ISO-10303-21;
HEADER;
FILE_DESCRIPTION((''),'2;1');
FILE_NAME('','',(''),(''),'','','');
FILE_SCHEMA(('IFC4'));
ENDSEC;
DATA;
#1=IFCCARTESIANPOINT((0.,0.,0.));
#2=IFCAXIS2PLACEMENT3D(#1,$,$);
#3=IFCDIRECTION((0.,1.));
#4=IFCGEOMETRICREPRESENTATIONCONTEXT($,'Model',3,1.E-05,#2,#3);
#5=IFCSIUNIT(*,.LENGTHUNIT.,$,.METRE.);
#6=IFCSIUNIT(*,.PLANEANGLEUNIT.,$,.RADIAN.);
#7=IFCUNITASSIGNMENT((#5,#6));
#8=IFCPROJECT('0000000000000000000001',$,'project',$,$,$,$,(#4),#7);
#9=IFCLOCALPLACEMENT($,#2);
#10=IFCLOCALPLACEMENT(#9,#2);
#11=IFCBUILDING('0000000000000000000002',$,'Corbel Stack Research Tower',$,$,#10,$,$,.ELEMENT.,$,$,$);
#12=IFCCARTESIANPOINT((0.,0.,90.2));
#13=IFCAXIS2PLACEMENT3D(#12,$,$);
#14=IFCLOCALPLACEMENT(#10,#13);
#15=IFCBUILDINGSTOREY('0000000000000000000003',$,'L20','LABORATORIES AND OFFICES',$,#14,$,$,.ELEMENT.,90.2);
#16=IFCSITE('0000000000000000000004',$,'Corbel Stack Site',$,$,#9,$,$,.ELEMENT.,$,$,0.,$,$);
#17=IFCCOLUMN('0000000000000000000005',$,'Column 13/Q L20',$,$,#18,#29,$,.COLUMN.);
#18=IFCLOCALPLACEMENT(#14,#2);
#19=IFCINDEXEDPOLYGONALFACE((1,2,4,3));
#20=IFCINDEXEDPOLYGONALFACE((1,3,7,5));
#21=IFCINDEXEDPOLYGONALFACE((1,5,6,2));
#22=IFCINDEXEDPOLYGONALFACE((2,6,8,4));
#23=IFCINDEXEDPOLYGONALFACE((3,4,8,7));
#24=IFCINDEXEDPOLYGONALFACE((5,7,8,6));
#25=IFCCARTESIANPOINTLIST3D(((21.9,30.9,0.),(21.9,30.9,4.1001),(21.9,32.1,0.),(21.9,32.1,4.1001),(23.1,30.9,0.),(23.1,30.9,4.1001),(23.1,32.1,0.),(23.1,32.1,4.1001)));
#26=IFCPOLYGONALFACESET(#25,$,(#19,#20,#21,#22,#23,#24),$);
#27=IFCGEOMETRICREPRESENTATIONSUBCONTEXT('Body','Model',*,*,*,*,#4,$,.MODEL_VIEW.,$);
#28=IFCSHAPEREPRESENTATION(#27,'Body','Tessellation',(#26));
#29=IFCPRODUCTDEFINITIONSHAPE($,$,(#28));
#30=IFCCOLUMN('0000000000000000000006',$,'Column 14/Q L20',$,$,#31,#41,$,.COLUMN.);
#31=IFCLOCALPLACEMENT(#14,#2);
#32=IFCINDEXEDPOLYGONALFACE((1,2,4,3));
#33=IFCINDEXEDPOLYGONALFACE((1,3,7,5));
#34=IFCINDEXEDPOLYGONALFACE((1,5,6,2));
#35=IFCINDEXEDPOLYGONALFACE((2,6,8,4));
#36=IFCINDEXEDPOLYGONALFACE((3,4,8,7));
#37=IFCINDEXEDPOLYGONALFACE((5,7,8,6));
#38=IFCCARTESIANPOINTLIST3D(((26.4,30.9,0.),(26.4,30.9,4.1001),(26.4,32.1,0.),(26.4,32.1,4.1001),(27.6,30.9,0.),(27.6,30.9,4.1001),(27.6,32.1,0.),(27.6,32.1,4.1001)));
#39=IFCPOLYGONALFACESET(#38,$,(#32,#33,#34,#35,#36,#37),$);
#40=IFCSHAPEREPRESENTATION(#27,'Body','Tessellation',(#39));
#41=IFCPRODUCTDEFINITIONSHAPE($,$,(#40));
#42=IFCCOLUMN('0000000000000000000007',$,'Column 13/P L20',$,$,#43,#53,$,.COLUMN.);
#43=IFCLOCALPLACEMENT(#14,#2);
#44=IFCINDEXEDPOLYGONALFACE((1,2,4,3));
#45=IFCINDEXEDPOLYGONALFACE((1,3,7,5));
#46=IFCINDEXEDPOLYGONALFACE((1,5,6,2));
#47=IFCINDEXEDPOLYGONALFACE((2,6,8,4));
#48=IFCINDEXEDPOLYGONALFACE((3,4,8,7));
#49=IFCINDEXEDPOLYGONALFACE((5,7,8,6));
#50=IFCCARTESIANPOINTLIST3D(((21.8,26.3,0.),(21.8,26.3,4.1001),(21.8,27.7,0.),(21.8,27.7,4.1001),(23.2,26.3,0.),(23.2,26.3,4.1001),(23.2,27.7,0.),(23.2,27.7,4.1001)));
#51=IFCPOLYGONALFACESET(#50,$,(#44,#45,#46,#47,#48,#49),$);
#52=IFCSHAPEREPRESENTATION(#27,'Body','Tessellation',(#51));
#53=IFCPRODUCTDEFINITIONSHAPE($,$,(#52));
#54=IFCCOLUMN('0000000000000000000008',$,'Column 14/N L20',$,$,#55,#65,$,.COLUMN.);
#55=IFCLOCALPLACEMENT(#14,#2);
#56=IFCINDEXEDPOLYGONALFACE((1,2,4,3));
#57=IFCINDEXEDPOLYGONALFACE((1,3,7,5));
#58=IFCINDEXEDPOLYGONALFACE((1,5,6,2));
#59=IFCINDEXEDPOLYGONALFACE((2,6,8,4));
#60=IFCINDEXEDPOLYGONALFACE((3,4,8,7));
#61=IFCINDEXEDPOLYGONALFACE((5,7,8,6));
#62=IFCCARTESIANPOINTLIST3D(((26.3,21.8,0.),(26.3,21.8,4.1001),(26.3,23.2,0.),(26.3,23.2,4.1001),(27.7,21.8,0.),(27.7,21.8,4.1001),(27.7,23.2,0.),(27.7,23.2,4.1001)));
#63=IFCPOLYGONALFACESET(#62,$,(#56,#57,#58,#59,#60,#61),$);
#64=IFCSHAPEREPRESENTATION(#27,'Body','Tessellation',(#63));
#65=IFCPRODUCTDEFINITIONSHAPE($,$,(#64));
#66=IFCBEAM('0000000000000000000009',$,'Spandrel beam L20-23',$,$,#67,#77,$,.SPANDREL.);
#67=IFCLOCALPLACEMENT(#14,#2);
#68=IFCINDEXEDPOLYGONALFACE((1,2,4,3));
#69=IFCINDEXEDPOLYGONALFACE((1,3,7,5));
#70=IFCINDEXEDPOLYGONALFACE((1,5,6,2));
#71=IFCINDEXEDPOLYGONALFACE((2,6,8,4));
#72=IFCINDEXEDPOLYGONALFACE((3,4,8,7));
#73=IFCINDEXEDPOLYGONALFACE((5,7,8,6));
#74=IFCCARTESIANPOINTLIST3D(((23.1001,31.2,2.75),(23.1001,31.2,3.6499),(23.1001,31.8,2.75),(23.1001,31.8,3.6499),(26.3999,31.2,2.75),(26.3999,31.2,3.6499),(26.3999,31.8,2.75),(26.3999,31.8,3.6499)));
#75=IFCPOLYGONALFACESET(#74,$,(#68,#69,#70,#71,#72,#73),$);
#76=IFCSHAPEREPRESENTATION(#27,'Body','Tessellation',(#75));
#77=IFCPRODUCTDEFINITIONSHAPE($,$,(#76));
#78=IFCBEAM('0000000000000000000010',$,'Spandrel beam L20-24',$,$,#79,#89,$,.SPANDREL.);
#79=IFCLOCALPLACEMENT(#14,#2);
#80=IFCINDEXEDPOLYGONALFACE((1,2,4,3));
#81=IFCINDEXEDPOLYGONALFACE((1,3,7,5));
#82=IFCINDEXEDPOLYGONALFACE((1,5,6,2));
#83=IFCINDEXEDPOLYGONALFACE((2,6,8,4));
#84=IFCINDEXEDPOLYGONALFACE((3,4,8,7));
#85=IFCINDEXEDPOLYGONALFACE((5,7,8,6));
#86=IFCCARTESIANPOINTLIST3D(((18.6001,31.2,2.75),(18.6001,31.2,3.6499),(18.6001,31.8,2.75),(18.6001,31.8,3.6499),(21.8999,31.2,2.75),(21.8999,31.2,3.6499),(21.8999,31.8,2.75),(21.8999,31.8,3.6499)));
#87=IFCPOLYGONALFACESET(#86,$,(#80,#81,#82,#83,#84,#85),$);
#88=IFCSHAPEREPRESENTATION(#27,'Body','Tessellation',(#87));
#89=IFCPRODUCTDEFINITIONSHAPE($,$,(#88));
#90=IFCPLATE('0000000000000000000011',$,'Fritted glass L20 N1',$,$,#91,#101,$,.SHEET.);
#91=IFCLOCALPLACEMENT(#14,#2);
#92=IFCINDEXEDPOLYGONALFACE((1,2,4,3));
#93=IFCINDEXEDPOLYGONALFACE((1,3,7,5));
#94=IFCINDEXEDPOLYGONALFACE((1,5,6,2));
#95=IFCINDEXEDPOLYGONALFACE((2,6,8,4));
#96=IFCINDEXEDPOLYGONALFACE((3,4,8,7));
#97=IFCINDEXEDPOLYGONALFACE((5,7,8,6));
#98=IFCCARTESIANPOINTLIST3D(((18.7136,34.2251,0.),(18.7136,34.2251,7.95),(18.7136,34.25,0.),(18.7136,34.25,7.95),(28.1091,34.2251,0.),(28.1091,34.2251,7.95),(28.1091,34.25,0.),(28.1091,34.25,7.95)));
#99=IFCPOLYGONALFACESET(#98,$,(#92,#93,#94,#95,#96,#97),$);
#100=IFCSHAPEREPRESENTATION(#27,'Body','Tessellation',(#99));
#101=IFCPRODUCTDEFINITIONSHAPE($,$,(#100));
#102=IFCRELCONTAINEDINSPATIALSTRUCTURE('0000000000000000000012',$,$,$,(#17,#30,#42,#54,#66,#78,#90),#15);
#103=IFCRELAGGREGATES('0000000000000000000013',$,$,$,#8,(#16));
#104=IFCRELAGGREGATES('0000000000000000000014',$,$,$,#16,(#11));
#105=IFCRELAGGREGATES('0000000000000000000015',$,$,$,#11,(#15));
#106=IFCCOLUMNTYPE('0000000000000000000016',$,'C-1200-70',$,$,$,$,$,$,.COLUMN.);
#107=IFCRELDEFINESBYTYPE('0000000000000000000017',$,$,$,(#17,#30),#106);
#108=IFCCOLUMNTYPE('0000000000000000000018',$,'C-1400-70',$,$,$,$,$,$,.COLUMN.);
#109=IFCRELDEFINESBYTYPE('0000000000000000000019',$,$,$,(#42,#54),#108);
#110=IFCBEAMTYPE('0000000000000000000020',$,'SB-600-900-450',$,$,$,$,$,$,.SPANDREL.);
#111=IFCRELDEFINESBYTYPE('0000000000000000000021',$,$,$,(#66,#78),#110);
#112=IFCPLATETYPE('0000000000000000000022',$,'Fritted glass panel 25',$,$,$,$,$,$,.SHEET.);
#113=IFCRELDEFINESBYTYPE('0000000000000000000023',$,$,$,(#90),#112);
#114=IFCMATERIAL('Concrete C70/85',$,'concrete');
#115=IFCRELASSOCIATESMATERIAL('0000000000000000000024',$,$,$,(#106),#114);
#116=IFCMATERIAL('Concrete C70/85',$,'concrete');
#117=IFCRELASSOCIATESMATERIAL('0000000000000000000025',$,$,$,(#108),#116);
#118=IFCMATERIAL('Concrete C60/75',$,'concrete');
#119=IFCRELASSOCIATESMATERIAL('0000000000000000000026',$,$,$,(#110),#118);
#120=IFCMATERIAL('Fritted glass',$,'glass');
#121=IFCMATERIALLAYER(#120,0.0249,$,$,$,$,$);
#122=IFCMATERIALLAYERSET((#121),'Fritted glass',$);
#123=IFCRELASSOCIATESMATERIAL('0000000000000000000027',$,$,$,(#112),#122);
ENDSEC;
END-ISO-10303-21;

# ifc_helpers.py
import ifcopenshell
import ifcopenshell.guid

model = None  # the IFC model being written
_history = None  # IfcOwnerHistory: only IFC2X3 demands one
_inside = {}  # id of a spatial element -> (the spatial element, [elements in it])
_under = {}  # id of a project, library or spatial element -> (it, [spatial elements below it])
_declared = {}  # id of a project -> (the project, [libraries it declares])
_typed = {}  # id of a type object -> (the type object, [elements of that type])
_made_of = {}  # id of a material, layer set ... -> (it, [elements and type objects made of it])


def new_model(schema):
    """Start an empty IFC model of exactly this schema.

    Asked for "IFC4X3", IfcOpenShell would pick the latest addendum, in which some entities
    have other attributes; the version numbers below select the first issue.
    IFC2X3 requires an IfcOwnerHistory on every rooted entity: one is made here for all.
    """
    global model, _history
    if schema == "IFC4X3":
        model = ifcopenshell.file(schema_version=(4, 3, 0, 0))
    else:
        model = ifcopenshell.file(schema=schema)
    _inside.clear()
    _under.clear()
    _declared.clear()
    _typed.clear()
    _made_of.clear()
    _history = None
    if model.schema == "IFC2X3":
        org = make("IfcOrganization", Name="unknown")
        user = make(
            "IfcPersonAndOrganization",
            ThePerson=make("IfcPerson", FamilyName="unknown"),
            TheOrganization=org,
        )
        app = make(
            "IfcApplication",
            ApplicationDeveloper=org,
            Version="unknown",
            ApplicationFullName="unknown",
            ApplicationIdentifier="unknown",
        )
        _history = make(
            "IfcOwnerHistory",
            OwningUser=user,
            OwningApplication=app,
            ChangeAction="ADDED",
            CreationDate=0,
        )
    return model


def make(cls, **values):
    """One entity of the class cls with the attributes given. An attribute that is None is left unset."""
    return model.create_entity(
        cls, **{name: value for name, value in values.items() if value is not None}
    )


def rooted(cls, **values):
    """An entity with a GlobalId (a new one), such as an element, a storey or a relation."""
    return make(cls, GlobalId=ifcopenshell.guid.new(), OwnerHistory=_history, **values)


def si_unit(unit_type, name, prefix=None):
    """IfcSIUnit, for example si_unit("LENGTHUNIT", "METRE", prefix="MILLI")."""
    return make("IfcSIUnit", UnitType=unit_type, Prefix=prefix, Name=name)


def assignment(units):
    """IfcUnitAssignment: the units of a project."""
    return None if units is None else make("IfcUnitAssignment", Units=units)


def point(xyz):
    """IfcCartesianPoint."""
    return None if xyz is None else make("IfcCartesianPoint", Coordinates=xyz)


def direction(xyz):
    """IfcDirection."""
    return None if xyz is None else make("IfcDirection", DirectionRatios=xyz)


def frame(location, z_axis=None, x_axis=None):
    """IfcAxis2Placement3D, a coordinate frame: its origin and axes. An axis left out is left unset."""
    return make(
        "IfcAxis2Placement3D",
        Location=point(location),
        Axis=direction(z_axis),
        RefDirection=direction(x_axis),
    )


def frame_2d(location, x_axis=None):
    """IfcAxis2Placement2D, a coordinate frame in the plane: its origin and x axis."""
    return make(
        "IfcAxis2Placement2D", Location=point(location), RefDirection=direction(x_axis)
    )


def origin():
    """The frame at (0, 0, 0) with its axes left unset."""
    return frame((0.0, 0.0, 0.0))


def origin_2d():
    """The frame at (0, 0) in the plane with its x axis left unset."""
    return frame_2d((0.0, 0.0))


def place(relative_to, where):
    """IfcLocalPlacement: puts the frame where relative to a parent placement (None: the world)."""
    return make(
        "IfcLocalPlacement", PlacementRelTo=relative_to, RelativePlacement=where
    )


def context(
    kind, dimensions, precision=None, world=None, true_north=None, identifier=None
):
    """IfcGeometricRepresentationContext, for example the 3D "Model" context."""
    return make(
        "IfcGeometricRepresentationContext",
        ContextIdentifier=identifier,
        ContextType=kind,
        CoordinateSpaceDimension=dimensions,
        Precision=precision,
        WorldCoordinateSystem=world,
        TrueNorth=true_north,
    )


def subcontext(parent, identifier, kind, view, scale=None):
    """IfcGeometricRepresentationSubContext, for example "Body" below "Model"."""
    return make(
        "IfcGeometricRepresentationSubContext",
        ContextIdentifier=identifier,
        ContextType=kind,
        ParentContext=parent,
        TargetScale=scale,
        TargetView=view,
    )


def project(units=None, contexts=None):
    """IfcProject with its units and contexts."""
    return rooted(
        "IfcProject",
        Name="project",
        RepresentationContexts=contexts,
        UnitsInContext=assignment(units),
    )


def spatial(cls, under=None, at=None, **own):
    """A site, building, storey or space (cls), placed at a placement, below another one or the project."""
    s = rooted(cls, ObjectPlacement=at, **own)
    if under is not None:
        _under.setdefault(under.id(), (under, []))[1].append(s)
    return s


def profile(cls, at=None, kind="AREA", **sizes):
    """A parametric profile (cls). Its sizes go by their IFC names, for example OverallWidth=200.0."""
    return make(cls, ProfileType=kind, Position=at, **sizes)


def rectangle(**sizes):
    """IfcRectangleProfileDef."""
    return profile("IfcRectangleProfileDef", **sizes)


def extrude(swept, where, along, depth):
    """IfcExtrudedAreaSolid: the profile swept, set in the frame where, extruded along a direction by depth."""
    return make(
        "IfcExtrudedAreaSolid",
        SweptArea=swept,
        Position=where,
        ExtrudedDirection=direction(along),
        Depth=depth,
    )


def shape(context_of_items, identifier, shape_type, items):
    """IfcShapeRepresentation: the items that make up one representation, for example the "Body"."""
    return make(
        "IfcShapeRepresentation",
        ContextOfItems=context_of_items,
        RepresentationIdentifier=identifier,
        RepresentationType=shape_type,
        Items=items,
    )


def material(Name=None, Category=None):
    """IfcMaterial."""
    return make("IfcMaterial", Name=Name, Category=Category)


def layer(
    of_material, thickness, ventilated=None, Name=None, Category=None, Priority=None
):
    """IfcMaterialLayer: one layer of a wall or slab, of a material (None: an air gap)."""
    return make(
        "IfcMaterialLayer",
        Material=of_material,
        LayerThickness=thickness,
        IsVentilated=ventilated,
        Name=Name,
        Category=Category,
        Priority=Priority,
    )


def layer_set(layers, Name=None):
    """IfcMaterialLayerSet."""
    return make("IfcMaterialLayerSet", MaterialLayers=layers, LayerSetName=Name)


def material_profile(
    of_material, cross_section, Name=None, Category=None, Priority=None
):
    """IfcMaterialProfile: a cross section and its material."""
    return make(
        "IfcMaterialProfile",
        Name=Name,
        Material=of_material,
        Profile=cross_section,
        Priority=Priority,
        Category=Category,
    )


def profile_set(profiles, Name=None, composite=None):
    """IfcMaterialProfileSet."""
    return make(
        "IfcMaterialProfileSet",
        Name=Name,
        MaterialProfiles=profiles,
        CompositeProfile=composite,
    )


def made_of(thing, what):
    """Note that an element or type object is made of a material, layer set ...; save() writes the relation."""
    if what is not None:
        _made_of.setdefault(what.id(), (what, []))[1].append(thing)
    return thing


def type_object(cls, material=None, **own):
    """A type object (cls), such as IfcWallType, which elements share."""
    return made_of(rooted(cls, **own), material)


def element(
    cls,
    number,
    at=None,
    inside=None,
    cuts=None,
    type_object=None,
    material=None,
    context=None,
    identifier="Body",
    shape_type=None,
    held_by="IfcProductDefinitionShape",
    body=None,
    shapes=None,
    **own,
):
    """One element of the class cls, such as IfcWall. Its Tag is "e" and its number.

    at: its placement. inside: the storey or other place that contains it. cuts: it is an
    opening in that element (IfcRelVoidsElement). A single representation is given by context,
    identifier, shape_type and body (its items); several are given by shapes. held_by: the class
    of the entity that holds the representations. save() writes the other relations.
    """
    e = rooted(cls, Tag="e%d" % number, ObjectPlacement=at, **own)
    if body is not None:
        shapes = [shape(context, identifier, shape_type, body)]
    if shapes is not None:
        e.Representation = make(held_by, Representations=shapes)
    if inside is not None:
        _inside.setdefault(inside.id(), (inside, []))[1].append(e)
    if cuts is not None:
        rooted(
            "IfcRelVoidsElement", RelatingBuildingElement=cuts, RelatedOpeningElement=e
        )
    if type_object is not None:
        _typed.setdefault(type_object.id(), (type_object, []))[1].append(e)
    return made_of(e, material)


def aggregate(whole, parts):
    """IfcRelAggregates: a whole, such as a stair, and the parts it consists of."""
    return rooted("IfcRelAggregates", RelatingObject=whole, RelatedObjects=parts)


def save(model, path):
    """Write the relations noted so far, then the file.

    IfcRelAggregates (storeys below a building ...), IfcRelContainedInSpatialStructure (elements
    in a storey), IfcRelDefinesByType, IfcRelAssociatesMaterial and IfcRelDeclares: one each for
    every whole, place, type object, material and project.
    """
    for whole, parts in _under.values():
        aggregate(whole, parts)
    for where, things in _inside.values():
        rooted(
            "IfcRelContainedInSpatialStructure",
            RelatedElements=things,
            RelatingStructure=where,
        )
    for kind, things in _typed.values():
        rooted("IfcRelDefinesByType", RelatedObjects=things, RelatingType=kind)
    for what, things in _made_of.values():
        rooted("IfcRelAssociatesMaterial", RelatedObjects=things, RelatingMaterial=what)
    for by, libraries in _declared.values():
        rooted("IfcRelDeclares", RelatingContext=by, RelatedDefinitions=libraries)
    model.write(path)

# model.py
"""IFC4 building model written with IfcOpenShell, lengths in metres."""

from ifc_helpers import new_model, si_unit, direction, frame, origin, origin_2d, place, context, subcontext, project, spatial, rectangle, extrude, material, layer, layer_set, material_profile, profile_set, type_object, element, save


model = new_model("IFC4")

# Units and contexts
model_context = context("Model", 3, precision=1e-05, world=origin(), true_north=direction((0.0, 1.0)))
body_context = subcontext(model_context, "Body", "Model", "MODEL_VIEW")
ifc_project = project(units=[si_unit("LENGTHUNIT", "METRE"), si_unit("PLANEANGLEUNIT", "RADIAN")], contexts=[model_context])

# Site, building, storey
site_placement = place(None, origin())
site = spatial("IfcSite", under=ifc_project, at=site_placement, Name="Corbel Stack Site", CompositionType="ELEMENT", RefElevation=0.0)
building_placement = place(site_placement, origin())
building = spatial("IfcBuilding", under=site, at=building_placement, Name="Corbel Stack Research Tower", CompositionType="ELEMENT")
storey_placement = place(building_placement, frame((0.0, 0.0, 90.2)))
storey = spatial("IfcBuildingStorey", under=building, at=storey_placement, Name="L20", Description="LABORATORIES AND OFFICES", CompositionType="ELEMENT", Elevation=90.2)

# Columns
ifc_material_1 = material(Name="Concrete C70/85", Category="concrete")
ifc_material_profile_1 = material_profile(ifc_material_1, rectangle(XDim=1.2, YDim=1.2, at=origin_2d()), Name="RC 1200 x 1200")
ifc_profile_set_1 = profile_set([ifc_material_profile_1], Name="Concrete C70/85")
column_type_1 = type_object("IfcColumnType", Name="C-1200-70", PredefinedType="COLUMN", material=ifc_profile_set_1)
for number, where, z_axis, x_axis, name in (
    (1, (22.5, 31.5, 0.0), (0.0, 0.0, 1.0), (1.0, 0.0, 0.0), "Column 13/Q L20"),
    (2, (27.0, 31.5, 0.0), (0.0, 0.0, 1.0), (1.0, 0.0, 0.0), "Column 14/Q L20"),
):
    element("IfcColumn", number, at=place(storey_placement, frame(where, z_axis=z_axis, x_axis=x_axis)), inside=storey, type_object=column_type_1, Name=name, PredefinedType="COLUMN", context=body_context, shape_type="SweptSolid", body=[
        extrude(rectangle(XDim=1.2, YDim=1.2, at=origin_2d()), origin(), (0.0, 0.0, 1.0), 4.1001),
    ])
ifc_material_2 = material(Name="Concrete C70/85", Category="concrete")
ifc_material_profile_2 = material_profile(ifc_material_2, rectangle(XDim=1.3999, YDim=1.3999, at=origin_2d()), Name="RC 1400 x 1400")
ifc_profile_set_2 = profile_set([ifc_material_profile_2], Name="Concrete C70/85")
column_type_2 = type_object("IfcColumnType", Name="C-1400-70", PredefinedType="COLUMN", material=ifc_profile_set_2)
for number, where, z_axis, x_axis, name in (
    (3, (22.5, 27.0, 0.0), (0.0, 0.0, 1.0), (1.0, 0.0, 0.0), "Column 13/P L20"),
    (4, (27.0, 22.5, 0.0), (0.0, 0.0, 1.0), (1.0, 0.0, 0.0), "Column 14/N L20"),
):
    element("IfcColumn", number, at=place(storey_placement, frame(where, z_axis=z_axis, x_axis=x_axis)), inside=storey, type_object=column_type_2, Name=name, PredefinedType="COLUMN", context=body_context, shape_type="SweptSolid", body=[
        extrude(rectangle(XDim=1.3999, YDim=1.3999, at=origin_2d()), origin(), (0.0, 0.0, 1.0), 4.1001),
    ])

# Beams
ifc_material_3 = material(Name="Concrete C60/75", Category="concrete")
ifc_material_profile_3 = material_profile(ifc_material_3, rectangle(XDim=0.6001, YDim=0.8999, at=origin_2d()), Name="RC 600 x 900")
ifc_profile_set_3 = profile_set([ifc_material_profile_3], Name="Concrete C60/75")
beam_type = type_object("IfcBeamType", Name="SB-600-900-450", PredefinedType="SPANDREL", material=ifc_profile_set_3)
for number, where, z_axis, x_axis, name in (
    (5, (26.3999, 31.5, 3.2), (-1.0, 0.0, 0.0), (0.0, -1.0, 0.0), "Spandrel beam L20-23"),
    (6, (21.8999, 31.5, 3.2), (-1.0, 0.0, 0.0), (0.0, -1.0, 0.0), "Spandrel beam L20-24"),
):
    element("IfcBeam", number, at=place(storey_placement, frame(where, z_axis=z_axis, x_axis=x_axis)), inside=storey, type_object=beam_type, Name=name, PredefinedType="SPANDREL", context=body_context, shape_type="SweptSolid", body=[
        extrude(rectangle(XDim=0.6001, YDim=0.8999, at=origin_2d()), origin(), (0.0, 0.0, 1.0), 3.2998),
    ])

# Plate
ifc_material_4 = material(Name="Fritted glass", Category="glass")
ifc_layer_1 = layer(ifc_material_4, 0.0249)
ifc_layer_set_1 = layer_set([ifc_layer_1], Name="Fritted glass")
plate_type = type_object("IfcPlateType", Name="Fritted glass panel 25", PredefinedType="SHEET", material=ifc_layer_set_1)
plate_placement = place(storey_placement, frame((23.4114, 34.2375, 0.0), z_axis=(0.0, 0.0, 1.0), x_axis=(-1.0, 0.0, 0.0)))
element("IfcPlate", 7, at=plate_placement, inside=storey, type_object=plate_type, Name="Fritted glass L20 N1", PredefinedType="SHEET", context=body_context, shape_type="SweptSolid", body=[
    extrude(rectangle(XDim=9.3955, YDim=0.0249, at=origin_2d()), origin(), (0.0, 0.0, 1.0), 7.95),
])

save(model, "model.ifc")
